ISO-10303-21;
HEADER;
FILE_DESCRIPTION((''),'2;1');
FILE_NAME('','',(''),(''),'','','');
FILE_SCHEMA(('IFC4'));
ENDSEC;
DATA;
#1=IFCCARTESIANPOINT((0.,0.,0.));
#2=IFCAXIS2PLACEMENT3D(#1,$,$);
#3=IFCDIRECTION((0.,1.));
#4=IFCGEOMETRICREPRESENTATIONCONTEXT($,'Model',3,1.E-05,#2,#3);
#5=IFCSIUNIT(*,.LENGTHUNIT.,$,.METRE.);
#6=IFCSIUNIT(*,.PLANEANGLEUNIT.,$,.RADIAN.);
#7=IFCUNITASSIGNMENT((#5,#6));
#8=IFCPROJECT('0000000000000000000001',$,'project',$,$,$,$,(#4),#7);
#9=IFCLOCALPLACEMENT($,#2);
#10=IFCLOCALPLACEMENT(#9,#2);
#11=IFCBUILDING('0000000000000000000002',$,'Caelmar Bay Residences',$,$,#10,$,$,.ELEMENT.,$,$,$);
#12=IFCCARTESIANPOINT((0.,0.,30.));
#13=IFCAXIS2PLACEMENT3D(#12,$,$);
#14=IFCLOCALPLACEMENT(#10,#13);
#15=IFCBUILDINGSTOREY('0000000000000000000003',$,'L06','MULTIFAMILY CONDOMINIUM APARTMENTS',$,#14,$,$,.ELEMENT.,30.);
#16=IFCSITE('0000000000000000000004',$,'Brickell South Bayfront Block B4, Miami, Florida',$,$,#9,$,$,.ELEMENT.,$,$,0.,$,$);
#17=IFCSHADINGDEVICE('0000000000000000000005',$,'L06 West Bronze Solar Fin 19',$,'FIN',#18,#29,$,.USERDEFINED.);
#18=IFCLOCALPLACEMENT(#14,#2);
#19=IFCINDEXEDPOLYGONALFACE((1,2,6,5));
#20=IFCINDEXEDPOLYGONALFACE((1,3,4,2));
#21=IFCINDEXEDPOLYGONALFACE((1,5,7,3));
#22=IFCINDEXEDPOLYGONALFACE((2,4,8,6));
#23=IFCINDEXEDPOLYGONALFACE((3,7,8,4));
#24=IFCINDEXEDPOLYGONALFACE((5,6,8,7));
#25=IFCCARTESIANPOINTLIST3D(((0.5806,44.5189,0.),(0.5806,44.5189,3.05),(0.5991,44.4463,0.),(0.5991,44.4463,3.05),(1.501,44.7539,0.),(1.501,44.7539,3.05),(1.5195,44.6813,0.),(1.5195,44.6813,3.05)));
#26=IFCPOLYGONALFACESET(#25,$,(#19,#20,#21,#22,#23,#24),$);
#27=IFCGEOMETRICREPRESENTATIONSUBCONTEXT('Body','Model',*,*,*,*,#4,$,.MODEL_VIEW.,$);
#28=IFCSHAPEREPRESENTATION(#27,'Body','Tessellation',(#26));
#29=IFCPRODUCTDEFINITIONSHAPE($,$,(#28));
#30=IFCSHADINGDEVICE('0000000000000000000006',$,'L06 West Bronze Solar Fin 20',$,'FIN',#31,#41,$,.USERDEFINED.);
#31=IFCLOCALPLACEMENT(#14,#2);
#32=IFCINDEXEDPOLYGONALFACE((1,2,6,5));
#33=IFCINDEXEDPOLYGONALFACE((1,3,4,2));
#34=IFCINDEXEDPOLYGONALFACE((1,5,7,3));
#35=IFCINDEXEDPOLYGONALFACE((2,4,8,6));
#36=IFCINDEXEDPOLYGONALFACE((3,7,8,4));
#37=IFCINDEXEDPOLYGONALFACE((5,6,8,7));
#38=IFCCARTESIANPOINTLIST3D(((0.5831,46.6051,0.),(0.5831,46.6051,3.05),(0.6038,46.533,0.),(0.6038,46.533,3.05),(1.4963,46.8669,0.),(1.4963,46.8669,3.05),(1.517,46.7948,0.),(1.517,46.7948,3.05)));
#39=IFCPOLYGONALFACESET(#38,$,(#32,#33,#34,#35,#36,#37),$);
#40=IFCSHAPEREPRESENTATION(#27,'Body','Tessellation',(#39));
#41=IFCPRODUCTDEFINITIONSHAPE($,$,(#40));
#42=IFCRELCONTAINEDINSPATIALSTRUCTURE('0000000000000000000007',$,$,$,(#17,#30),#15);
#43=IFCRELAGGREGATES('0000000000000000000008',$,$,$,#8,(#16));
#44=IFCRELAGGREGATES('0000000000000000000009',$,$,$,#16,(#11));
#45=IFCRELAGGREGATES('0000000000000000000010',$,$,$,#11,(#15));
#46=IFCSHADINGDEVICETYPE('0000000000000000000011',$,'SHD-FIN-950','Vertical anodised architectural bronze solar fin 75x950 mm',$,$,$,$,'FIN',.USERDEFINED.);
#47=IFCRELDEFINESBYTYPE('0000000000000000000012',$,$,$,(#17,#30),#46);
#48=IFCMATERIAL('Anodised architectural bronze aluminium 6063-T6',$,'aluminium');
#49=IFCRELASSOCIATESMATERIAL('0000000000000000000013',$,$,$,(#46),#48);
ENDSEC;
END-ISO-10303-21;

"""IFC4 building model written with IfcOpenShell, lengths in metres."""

from ifc_helpers import new_model, si_unit, direction, frame, origin, origin_2d, place, context, subcontext, project, spatial, rectangle, extrude, material, material_profile, profile_set, type_object, element, save


model = new_model("IFC4")

# Units and contexts
model_context = context("Model", 3, precision=1e-05, world=origin(), true_north=direction((0.0, 1.0)))
body_context = subcontext(model_context, "Body", "Model", "MODEL_VIEW")
ifc_project = project(units=[si_unit("LENGTHUNIT", "METRE"), si_unit("PLANEANGLEUNIT", "RADIAN")], contexts=[model_context])

# Site, building, storey
site_placement = place(None, origin())
site = spatial("IfcSite", under=ifc_project, at=site_placement, Name="Brickell South Bayfront Block B4, Miami, Florida", CompositionType="ELEMENT", RefElevation=0.0)
building_placement = place(site_placement, origin())
building = spatial("IfcBuilding", under=site, at=building_placement, Name="Caelmar Bay Residences", CompositionType="ELEMENT")
storey_placement = place(building_placement, frame((0.0, 0.0, 30.0)))
storey = spatial("IfcBuildingStorey", under=building, at=storey_placement, Name="L06", Description="MULTIFAMILY CONDOMINIUM APARTMENTS", CompositionType="ELEMENT", Elevation=30.0)

# Shading devices
ifc_material_1 = material(Name="Anodised architectural bronze aluminium 6063-T6", Category="aluminium")
ifc_material_profile_1 = material_profile(ifc_material_1, rectangle(XDim=0.075, YDim=0.95, at=origin_2d()), Name="BRONZE-FIN-75X950")
ifc_profile_set_1 = profile_set([ifc_material_profile_1], Name="Anodised architectural bronze aluminium 6063-T6")
shading_device_type = type_object("IfcShadingDeviceType", Name="SHD-FIN-950", Description="Vertical anodised architectural bronze solar fin 75x950 mm", ElementType="FIN", PredefinedType="USERDEFINED", material=ifc_profile_set_1)
for number, where, z_axis, x_axis, name in (
    (1, (1.05, 44.6001, 0.0), (0.0, 0.0, 1.0), (-0.247337, 0.968929, 0.0), "L06 West Bronze Solar Fin 19"),
    (2, (1.05, 46.7, 0.0), (0.0, 0.0, 1.0), (-0.275637, 0.961262, 0.0), "L06 West Bronze Solar Fin 20"),
):
    element("IfcShadingDevice", number, at=place(storey_placement, frame(where, z_axis=z_axis, x_axis=x_axis)), inside=storey, type_object=shading_device_type, Name=name, ObjectType="FIN", PredefinedType="USERDEFINED", context=body_context, shape_type="SweptSolid", body=[
        extrude(rectangle(XDim=0.075, YDim=0.95, at=origin_2d()), origin(), (0.0, 0.0, 1.0), 3.05),
    ])

save(model, "model.ifc")
